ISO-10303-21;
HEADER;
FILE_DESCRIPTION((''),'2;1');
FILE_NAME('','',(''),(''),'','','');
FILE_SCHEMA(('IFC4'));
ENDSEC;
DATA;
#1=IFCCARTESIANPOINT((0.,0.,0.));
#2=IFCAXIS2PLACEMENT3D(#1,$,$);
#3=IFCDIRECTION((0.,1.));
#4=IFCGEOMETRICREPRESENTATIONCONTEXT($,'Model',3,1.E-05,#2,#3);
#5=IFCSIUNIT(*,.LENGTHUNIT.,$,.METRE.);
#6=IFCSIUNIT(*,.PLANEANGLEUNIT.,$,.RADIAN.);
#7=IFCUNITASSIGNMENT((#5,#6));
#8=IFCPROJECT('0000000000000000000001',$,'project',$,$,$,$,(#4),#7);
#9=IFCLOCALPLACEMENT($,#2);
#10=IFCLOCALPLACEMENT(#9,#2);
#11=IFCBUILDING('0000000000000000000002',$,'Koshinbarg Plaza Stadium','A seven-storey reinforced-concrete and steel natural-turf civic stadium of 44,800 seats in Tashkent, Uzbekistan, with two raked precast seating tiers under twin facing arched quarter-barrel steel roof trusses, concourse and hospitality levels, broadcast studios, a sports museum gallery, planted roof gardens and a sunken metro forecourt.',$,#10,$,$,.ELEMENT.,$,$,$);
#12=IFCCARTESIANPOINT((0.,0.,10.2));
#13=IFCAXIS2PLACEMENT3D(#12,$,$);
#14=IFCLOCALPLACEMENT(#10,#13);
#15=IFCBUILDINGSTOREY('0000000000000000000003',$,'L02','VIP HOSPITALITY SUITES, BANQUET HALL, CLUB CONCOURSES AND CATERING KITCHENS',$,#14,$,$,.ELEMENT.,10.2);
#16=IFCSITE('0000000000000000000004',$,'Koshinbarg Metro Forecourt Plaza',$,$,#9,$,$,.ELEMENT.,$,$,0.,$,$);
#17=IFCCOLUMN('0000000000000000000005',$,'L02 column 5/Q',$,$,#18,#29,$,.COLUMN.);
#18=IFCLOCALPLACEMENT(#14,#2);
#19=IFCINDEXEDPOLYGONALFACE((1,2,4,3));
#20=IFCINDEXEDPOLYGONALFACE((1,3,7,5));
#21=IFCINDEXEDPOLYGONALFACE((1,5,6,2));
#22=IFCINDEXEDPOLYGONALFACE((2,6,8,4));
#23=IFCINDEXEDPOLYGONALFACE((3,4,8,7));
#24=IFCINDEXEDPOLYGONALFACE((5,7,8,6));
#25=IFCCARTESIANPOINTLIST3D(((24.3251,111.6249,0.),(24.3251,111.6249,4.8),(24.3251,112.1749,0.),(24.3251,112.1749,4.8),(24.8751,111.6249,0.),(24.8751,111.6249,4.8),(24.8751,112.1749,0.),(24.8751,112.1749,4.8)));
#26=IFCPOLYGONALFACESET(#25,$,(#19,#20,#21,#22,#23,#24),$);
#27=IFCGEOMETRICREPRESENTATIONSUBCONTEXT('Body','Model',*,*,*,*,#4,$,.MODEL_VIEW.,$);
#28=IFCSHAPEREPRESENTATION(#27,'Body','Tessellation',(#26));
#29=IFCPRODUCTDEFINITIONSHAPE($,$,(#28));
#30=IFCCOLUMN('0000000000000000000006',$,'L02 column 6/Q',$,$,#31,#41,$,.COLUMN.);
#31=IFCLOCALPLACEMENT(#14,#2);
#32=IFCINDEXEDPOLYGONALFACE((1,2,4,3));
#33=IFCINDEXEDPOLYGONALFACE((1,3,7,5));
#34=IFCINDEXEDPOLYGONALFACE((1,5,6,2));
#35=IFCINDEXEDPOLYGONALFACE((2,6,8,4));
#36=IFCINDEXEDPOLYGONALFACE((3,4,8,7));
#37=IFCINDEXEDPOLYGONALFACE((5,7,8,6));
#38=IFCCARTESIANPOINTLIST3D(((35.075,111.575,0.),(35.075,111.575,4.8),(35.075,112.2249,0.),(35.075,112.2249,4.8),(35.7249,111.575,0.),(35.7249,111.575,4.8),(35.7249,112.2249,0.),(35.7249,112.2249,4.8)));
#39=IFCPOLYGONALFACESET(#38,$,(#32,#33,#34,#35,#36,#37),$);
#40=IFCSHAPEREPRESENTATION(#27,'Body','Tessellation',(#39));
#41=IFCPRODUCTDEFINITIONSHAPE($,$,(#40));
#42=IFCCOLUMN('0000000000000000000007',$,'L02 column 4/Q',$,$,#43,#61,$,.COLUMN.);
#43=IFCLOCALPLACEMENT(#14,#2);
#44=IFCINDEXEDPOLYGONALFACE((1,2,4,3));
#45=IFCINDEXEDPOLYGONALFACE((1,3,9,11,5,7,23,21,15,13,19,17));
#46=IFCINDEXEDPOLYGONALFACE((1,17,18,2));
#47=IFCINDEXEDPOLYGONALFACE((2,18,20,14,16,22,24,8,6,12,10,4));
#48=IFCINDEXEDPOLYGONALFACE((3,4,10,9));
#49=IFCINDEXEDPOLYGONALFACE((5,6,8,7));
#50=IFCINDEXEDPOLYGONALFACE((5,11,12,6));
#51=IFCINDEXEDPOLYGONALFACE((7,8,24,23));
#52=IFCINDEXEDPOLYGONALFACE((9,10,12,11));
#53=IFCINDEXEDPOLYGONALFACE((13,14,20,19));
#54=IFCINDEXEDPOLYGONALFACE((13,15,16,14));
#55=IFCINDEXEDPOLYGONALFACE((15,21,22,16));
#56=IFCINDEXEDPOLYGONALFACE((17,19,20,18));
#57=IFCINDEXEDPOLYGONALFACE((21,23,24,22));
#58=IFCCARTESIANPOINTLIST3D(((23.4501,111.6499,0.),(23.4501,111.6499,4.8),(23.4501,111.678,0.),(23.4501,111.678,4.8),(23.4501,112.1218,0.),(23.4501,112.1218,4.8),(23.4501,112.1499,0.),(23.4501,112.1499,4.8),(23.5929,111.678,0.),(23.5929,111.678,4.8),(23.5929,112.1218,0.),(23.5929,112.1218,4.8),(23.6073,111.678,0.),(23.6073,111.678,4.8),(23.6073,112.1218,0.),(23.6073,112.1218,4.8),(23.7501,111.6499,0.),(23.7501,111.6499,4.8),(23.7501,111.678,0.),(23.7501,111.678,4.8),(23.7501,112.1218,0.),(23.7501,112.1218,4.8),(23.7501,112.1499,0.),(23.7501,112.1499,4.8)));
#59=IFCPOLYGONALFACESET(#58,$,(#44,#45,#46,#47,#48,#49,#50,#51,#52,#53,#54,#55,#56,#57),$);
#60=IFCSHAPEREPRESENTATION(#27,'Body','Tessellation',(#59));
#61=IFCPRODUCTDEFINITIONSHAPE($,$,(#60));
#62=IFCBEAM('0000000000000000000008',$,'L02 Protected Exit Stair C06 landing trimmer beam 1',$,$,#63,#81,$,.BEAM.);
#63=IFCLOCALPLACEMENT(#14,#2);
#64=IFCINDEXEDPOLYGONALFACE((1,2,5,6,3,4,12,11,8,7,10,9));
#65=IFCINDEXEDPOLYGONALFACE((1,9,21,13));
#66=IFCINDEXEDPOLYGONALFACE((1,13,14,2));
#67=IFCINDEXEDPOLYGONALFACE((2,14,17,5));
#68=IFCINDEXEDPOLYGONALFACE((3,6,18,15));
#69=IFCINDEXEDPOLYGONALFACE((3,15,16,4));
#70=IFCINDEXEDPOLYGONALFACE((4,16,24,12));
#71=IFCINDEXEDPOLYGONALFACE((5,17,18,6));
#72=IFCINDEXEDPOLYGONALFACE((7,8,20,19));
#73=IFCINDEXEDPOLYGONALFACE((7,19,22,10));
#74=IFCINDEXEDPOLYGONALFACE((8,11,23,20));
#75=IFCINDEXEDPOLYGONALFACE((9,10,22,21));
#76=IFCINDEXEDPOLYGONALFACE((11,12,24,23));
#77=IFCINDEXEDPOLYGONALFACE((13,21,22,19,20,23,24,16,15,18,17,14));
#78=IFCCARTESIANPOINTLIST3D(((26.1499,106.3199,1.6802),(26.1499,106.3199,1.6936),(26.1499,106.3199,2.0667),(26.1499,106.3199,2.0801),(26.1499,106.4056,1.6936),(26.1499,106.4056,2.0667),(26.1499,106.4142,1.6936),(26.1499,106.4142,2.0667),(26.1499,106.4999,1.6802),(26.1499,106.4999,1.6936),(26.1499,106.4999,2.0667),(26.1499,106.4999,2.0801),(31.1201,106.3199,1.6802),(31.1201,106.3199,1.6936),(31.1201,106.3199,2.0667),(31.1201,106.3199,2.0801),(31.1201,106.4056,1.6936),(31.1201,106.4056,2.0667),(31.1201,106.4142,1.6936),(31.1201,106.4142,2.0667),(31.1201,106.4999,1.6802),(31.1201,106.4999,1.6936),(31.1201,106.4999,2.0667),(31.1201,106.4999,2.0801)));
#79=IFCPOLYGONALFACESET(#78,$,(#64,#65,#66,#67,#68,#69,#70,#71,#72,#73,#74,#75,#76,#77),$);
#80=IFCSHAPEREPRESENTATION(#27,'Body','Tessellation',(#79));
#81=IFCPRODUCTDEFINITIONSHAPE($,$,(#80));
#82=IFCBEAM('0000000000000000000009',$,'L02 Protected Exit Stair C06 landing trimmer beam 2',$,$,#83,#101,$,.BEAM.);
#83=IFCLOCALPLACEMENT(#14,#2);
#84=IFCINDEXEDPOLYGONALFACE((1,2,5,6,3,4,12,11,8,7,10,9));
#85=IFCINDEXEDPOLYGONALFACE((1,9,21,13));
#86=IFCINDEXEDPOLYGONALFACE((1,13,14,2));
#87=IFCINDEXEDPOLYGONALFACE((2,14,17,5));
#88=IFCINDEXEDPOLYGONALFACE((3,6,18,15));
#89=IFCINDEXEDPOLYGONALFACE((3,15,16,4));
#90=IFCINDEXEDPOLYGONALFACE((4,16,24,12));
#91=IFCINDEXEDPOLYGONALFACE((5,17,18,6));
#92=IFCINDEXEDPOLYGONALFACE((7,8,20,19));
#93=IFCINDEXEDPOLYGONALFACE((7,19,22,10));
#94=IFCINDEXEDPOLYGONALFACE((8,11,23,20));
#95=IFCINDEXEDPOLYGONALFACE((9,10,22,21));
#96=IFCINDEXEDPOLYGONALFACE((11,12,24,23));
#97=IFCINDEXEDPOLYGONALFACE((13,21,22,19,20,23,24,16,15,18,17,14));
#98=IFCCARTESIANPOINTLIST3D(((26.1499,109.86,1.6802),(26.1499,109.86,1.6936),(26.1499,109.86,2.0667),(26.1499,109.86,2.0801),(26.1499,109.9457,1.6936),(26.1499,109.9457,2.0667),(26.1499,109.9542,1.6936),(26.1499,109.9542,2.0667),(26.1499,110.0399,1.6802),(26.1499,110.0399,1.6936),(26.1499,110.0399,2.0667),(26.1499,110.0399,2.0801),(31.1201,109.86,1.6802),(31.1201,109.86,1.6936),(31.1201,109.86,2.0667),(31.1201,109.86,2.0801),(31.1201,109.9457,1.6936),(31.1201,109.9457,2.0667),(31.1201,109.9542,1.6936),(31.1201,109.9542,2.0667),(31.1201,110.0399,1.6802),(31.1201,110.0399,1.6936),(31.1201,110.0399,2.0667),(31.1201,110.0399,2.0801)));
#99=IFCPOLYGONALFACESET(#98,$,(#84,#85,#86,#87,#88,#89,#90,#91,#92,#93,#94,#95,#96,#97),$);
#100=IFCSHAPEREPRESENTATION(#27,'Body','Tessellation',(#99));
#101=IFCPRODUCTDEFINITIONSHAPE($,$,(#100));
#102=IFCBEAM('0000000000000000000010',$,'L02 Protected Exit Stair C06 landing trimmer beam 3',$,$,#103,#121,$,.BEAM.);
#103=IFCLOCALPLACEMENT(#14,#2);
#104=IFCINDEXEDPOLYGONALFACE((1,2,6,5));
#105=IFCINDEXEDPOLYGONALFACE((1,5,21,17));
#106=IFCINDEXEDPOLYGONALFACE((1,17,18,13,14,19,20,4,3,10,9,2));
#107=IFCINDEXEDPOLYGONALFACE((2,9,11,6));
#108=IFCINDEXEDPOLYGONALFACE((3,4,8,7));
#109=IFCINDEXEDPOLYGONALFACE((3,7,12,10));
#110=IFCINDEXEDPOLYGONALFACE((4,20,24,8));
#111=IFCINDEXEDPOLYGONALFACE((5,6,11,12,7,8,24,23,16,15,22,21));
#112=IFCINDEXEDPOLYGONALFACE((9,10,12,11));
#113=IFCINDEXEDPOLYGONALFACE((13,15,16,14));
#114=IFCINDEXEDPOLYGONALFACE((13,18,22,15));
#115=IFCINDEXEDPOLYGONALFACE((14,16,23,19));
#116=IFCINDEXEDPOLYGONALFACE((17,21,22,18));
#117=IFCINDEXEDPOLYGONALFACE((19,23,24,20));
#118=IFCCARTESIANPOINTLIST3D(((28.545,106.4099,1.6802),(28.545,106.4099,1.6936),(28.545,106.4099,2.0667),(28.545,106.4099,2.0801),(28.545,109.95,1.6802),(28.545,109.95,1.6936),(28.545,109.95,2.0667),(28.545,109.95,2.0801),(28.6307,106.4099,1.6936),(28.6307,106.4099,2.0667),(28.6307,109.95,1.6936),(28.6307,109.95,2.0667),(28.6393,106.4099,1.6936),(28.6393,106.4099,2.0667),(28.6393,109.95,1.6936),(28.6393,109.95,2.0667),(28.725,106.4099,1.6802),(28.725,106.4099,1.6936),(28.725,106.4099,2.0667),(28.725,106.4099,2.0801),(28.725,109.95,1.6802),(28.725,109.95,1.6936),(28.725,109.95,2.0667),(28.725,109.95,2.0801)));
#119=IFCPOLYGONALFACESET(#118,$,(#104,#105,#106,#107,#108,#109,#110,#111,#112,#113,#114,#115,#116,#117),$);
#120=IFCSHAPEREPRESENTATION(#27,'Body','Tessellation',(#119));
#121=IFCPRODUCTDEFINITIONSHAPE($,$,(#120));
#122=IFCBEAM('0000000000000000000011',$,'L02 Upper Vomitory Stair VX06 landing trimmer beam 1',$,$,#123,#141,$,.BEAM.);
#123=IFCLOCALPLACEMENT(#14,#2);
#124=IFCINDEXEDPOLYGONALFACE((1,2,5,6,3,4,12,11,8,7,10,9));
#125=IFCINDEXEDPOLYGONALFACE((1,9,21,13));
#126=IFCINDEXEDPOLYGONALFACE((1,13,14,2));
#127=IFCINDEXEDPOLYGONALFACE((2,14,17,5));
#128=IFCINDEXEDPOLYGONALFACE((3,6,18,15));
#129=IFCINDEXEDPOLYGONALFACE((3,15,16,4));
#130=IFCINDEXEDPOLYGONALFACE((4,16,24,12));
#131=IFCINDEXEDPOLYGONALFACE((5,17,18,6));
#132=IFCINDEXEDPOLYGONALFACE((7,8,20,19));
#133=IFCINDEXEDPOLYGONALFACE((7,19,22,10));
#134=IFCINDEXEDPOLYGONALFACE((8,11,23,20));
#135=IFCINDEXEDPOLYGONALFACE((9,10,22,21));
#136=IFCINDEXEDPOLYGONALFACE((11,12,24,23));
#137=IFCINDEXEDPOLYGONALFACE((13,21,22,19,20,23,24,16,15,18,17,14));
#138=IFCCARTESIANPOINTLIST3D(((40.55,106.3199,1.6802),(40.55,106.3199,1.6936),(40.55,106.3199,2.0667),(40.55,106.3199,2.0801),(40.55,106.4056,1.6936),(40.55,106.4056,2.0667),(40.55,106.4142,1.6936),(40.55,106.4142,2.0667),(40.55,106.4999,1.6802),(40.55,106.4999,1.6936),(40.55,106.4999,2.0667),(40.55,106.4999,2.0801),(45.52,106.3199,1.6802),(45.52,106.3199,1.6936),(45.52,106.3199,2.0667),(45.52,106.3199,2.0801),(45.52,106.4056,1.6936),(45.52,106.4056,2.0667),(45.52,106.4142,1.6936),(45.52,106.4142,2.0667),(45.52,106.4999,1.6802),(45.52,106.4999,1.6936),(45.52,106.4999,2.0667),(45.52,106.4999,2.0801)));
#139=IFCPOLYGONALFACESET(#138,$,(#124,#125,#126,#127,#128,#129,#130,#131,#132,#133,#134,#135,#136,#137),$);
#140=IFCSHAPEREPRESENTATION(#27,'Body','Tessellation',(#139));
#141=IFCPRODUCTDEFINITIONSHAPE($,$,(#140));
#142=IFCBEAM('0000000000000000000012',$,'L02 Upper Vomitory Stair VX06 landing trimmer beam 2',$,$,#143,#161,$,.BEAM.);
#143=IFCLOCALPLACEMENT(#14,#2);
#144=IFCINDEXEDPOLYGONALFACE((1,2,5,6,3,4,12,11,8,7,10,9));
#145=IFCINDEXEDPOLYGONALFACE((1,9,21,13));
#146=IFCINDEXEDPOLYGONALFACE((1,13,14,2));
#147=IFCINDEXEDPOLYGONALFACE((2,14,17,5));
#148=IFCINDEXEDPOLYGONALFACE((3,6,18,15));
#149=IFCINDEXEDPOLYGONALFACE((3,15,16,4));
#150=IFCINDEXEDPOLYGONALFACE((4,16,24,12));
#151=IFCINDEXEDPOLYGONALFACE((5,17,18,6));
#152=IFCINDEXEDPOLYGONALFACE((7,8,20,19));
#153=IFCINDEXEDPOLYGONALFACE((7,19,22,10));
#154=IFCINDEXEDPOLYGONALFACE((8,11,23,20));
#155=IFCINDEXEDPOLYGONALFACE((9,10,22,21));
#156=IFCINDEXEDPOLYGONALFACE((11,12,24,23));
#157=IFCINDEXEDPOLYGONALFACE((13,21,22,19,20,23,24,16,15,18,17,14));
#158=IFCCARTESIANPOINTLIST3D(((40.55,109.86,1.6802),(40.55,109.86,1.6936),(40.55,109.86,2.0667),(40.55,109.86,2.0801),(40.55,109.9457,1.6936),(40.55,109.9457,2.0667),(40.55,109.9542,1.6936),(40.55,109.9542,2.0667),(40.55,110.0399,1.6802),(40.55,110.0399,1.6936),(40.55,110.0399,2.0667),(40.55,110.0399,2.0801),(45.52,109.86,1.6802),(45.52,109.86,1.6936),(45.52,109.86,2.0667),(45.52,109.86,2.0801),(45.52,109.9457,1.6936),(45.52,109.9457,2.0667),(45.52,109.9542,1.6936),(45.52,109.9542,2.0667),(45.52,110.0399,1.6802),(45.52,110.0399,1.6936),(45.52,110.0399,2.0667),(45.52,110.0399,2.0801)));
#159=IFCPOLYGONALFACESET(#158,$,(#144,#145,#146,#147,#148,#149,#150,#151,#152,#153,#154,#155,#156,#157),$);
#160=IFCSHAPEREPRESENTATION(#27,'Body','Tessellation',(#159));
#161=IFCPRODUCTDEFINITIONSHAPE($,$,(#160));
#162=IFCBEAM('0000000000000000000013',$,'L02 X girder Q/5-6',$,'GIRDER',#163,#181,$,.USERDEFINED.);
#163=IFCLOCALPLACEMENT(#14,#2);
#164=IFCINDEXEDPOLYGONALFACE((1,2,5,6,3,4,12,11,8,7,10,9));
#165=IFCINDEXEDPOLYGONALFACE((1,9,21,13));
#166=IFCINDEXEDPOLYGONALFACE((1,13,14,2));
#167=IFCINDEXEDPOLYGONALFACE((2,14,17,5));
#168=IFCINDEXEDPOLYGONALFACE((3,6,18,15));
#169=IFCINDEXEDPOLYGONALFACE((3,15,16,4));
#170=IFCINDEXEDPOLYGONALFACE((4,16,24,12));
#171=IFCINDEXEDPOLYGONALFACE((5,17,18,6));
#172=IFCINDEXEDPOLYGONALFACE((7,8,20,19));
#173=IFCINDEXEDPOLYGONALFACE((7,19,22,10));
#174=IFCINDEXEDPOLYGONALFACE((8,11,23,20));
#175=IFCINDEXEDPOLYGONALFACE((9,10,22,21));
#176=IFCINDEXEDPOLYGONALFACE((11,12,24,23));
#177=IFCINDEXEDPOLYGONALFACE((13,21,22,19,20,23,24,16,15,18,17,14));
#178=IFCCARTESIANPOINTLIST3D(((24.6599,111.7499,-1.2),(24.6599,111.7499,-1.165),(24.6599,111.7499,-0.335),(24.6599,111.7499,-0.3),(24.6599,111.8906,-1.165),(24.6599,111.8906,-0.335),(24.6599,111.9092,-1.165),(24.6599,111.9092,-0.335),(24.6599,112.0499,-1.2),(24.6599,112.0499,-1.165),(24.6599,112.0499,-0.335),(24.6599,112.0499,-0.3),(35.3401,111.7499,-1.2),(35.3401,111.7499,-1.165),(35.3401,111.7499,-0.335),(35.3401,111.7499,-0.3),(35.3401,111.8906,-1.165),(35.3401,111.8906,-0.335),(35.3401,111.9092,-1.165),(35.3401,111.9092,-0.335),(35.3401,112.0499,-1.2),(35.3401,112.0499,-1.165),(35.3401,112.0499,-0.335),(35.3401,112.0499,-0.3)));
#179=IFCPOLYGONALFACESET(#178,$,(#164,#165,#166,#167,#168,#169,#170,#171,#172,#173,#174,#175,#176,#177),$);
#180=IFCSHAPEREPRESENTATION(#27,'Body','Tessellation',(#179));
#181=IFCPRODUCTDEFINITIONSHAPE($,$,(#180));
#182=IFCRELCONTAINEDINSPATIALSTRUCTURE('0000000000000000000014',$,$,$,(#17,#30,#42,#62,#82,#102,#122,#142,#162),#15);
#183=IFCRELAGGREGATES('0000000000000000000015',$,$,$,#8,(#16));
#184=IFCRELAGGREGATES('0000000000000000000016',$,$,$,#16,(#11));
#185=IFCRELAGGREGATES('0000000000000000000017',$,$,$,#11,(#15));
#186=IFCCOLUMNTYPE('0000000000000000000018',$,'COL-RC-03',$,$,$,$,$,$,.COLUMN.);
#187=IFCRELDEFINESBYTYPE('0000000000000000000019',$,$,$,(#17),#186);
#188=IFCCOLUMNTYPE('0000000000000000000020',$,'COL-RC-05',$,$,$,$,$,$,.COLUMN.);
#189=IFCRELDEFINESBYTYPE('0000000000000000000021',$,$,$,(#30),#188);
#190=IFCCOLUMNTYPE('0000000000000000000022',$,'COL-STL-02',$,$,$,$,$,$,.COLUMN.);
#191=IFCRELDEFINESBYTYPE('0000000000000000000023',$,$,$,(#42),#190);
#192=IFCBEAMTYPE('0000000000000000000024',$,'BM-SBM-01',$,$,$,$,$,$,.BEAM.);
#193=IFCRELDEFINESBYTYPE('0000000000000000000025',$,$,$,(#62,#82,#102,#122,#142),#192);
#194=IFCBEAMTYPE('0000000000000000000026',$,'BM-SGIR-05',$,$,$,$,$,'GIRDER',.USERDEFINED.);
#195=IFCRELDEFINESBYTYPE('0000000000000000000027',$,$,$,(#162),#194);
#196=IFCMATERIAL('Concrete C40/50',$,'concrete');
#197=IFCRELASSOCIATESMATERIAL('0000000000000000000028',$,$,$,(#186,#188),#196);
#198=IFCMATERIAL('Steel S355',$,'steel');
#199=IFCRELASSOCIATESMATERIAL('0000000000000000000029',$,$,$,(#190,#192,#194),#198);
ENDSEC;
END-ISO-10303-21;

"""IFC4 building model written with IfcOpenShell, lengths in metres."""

from ifc_helpers import new_model, si_unit, direction, frame, origin, origin_2d, place, context, subcontext, project, spatial, rectangle, i_section, extrude, material, material_profile, profile_set, type_object, element, save


model = new_model("IFC4")

# Units and contexts
model_context = context("Model", 3, precision=1e-05, world=origin(), true_north=direction((0.0, 1.0)))
body_context = subcontext(model_context, "Body", "Model", "MODEL_VIEW")
ifc_project = project(units=[si_unit("LENGTHUNIT", "METRE"), si_unit("PLANEANGLEUNIT", "RADIAN")], contexts=[model_context])

# Site, building, storey
site_placement = place(None, origin())
site = spatial("IfcSite", under=ifc_project, at=site_placement, Name="Koshinbarg Metro Forecourt Plaza", CompositionType="ELEMENT", RefElevation=0.0)
building_placement = place(site_placement, origin())
building = spatial("IfcBuilding", under=site, at=building_placement, Name="Koshinbarg Plaza Stadium", Description="A seven-storey reinforced-concrete and steel natural-turf civic stadium of 44,800 seats in Tashkent, Uzbekistan, with two raked precast seating tiers under twin facing arched quarter-barrel steel roof trusses, concourse and hospitality levels, broadcast studios, a sports museum gallery, planted roof gardens and a sunken metro forecourt.", CompositionType="ELEMENT")
storey_placement = place(building_placement, frame((0.0, 0.0, 10.2)))
storey = spatial("IfcBuildingStorey", under=building, at=storey_placement, Name="L02", Description="VIP HOSPITALITY SUITES, BANQUET HALL, CLUB CONCOURSES AND CATERING KITCHENS", CompositionType="ELEMENT", Elevation=10.2)

# Columns
ifc_material_1 = material(Name="Concrete C40/50", Category="concrete")
ifc_material_profile_1 = material_profile(ifc_material_1, rectangle(XDim=0.55, YDim=0.55, at=origin_2d()), Name="RC 550x550")
ifc_profile_set_1 = profile_set([ifc_material_profile_1], Name="Concrete C40/50")
column_type_1 = type_object("IfcColumnType", Name="COL-RC-03", PredefinedType="COLUMN", material=ifc_profile_set_1)
column_1_placement = place(storey_placement, frame((24.6001, 111.8999, 0.0), z_axis=(0.0, 0.0, 1.0), x_axis=(1.0, 0.0, 0.0)))
element("IfcColumn", 1, at=column_1_placement, inside=storey, type_object=column_type_1, Name="L02 column 5/Q", PredefinedType="COLUMN", context=body_context, shape_type="SweptSolid", body=[
    extrude(rectangle(XDim=0.55, YDim=0.55, at=origin_2d()), origin(), (0.0, 0.0, 1.0), 4.8),
])
ifc_material_profile_2 = material_profile(ifc_material_1, rectangle(XDim=0.6499, YDim=0.6499, at=origin_2d()), Name="RC 650x650")
ifc_profile_set_2 = profile_set([ifc_material_profile_2], Name="Concrete C40/50")
column_type_2 = type_object("IfcColumnType", Name="COL-RC-05", PredefinedType="COLUMN", material=ifc_profile_set_2)
column_2_placement = place(storey_placement, frame((35.3999, 111.8999, 0.0), z_axis=(0.0, 0.0, 1.0), x_axis=(1.0, 0.0, 0.0)))
element("IfcColumn", 2, at=column_2_placement, inside=storey, type_object=column_type_2, Name="L02 column 6/Q", PredefinedType="COLUMN", context=body_context, shape_type="SweptSolid", body=[
    extrude(rectangle(XDim=0.6499, YDim=0.6499, at=origin_2d()), origin(), (0.0, 0.0, 1.0), 4.8),
])
ifc_material_2 = material(Name="Steel S355", Category="steel")
ifc_material_profile_3 = material_profile(ifc_material_2, i_section(OverallWidth=0.3, OverallDepth=0.5, WebThickness=0.0144, FlangeThickness=0.0281, at=origin_2d()), Name="HEB 500")
ifc_profile_set_3 = profile_set([ifc_material_profile_3], Name="Steel S355")
column_type_3 = type_object("IfcColumnType", Name="COL-STL-02", PredefinedType="COLUMN", material=ifc_profile_set_3)
column_3_placement = place(storey_placement, frame((23.6001, 111.8999, 0.0), z_axis=(0.0, 0.0, 1.0), x_axis=(1.0, 0.0, 0.0)))
element("IfcColumn", 3, at=column_3_placement, inside=storey, type_object=column_type_3, Name="L02 column 4/Q", PredefinedType="COLUMN", context=body_context, shape_type="SweptSolid", body=[
    extrude(i_section(OverallWidth=0.3, OverallDepth=0.5, WebThickness=0.0144, FlangeThickness=0.0281, at=origin_2d()), origin(), (0.0, 0.0, 1.0), 4.8),
])

# Beams
ifc_material_profile_4 = material_profile(ifc_material_2, i_section(OverallWidth=0.1799, OverallDepth=0.3999, WebThickness=0.0085, FlangeThickness=0.0134, at=origin_2d()), Name="IPE 400")
ifc_profile_set_4 = profile_set([ifc_material_profile_4], Name="Steel S355")
beam_type_1 = type_object("IfcBeamType", Name="BM-SBM-01", PredefinedType="BEAM", material=ifc_profile_set_4)
for number, where, z_axis, x_axis, name in (
    (4, (26.1499, 106.4099, 1.8801), (1.0, 0.0, 0.0), (0.0, 1.0, 0.0), "L02 Protected Exit Stair C06 landing trimmer beam 1"),
    (5, (26.1499, 109.95, 1.8801), (1.0, 0.0, 0.0), (0.0, 1.0, 0.0), "L02 Protected Exit Stair C06 landing trimmer beam 2"),
):
    element("IfcBeam", number, at=place(storey_placement, frame(where, z_axis=z_axis, x_axis=x_axis)), inside=storey, type_object=beam_type_1, Name=name, PredefinedType="BEAM", context=body_context, shape_type="SweptSolid", body=[
        extrude(i_section(OverallWidth=0.1799, OverallDepth=0.3999, WebThickness=0.0085, FlangeThickness=0.0134, at=origin_2d()), origin(), (0.0, 0.0, 1.0), 4.9702),
    ])
beam_1_placement = place(storey_placement, frame((28.635, 106.4099, 1.8801), z_axis=(0.0, 1.0, 0.0), x_axis=(-1.0, 0.0, 0.0)))
element("IfcBeam", 6, at=beam_1_placement, inside=storey, type_object=beam_type_1, Name="L02 Protected Exit Stair C06 landing trimmer beam 3", PredefinedType="BEAM", context=body_context, shape_type="SweptSolid", body=[
    extrude(i_section(OverallWidth=0.1799, OverallDepth=0.3999, WebThickness=0.0085, FlangeThickness=0.0134, at=origin_2d()), origin(), (0.0, 0.0, 1.0), 3.54),
])
for number, where, z_axis, x_axis, name in (
    (7, (40.55, 106.4099, 1.8801), (1.0, 0.0, 0.0), (0.0, 1.0, 0.0), "L02 Upper Vomitory Stair VX06 landing trimmer beam 1"),
    (8, (40.55, 109.95, 1.8801), (1.0, 0.0, 0.0), (0.0, 1.0, 0.0), "L02 Upper Vomitory Stair VX06 landing trimmer beam 2"),
):
    element("IfcBeam", number, at=place(storey_placement, frame(where, z_axis=z_axis, x_axis=x_axis)), inside=storey, type_object=beam_type_1, Name=name, PredefinedType="BEAM", context=body_context, shape_type="SweptSolid", body=[
        extrude(i_section(OverallWidth=0.1799, OverallDepth=0.3999, WebThickness=0.0085, FlangeThickness=0.0134, at=origin_2d()), origin(), (0.0, 0.0, 1.0), 4.97),
    ])
ifc_material_profile_5 = material_profile(ifc_material_2, i_section(OverallWidth=0.3, OverallDepth=0.8999, WebThickness=0.0186, FlangeThickness=0.0349, at=origin_2d()), Name="HEB 900")
ifc_profile_set_5 = profile_set([ifc_material_profile_5], Name="Steel S355")
beam_type_2 = type_object("IfcBeamType", Name="BM-SGIR-05", ElementType="GIRDER", PredefinedType="USERDEFINED", material=ifc_profile_set_5)
beam_2_placement = place(storey_placement, frame((24.6599, 111.8999, -0.75), z_axis=(1.0, 0.0, 0.0), x_axis=(0.0, 1.0, 0.0)))
element("IfcBeam", 9, at=beam_2_placement, inside=storey, type_object=beam_type_2, Name="L02 X girder Q/5-6", ObjectType="GIRDER", PredefinedType="USERDEFINED", context=body_context, shape_type="SweptSolid", body=[
    extrude(i_section(OverallWidth=0.3, OverallDepth=0.8999, WebThickness=0.0186, FlangeThickness=0.0349, at=origin_2d()), origin(), (0.0, 0.0, 1.0), 10.6802),
])

save(model, "model.ifc")
